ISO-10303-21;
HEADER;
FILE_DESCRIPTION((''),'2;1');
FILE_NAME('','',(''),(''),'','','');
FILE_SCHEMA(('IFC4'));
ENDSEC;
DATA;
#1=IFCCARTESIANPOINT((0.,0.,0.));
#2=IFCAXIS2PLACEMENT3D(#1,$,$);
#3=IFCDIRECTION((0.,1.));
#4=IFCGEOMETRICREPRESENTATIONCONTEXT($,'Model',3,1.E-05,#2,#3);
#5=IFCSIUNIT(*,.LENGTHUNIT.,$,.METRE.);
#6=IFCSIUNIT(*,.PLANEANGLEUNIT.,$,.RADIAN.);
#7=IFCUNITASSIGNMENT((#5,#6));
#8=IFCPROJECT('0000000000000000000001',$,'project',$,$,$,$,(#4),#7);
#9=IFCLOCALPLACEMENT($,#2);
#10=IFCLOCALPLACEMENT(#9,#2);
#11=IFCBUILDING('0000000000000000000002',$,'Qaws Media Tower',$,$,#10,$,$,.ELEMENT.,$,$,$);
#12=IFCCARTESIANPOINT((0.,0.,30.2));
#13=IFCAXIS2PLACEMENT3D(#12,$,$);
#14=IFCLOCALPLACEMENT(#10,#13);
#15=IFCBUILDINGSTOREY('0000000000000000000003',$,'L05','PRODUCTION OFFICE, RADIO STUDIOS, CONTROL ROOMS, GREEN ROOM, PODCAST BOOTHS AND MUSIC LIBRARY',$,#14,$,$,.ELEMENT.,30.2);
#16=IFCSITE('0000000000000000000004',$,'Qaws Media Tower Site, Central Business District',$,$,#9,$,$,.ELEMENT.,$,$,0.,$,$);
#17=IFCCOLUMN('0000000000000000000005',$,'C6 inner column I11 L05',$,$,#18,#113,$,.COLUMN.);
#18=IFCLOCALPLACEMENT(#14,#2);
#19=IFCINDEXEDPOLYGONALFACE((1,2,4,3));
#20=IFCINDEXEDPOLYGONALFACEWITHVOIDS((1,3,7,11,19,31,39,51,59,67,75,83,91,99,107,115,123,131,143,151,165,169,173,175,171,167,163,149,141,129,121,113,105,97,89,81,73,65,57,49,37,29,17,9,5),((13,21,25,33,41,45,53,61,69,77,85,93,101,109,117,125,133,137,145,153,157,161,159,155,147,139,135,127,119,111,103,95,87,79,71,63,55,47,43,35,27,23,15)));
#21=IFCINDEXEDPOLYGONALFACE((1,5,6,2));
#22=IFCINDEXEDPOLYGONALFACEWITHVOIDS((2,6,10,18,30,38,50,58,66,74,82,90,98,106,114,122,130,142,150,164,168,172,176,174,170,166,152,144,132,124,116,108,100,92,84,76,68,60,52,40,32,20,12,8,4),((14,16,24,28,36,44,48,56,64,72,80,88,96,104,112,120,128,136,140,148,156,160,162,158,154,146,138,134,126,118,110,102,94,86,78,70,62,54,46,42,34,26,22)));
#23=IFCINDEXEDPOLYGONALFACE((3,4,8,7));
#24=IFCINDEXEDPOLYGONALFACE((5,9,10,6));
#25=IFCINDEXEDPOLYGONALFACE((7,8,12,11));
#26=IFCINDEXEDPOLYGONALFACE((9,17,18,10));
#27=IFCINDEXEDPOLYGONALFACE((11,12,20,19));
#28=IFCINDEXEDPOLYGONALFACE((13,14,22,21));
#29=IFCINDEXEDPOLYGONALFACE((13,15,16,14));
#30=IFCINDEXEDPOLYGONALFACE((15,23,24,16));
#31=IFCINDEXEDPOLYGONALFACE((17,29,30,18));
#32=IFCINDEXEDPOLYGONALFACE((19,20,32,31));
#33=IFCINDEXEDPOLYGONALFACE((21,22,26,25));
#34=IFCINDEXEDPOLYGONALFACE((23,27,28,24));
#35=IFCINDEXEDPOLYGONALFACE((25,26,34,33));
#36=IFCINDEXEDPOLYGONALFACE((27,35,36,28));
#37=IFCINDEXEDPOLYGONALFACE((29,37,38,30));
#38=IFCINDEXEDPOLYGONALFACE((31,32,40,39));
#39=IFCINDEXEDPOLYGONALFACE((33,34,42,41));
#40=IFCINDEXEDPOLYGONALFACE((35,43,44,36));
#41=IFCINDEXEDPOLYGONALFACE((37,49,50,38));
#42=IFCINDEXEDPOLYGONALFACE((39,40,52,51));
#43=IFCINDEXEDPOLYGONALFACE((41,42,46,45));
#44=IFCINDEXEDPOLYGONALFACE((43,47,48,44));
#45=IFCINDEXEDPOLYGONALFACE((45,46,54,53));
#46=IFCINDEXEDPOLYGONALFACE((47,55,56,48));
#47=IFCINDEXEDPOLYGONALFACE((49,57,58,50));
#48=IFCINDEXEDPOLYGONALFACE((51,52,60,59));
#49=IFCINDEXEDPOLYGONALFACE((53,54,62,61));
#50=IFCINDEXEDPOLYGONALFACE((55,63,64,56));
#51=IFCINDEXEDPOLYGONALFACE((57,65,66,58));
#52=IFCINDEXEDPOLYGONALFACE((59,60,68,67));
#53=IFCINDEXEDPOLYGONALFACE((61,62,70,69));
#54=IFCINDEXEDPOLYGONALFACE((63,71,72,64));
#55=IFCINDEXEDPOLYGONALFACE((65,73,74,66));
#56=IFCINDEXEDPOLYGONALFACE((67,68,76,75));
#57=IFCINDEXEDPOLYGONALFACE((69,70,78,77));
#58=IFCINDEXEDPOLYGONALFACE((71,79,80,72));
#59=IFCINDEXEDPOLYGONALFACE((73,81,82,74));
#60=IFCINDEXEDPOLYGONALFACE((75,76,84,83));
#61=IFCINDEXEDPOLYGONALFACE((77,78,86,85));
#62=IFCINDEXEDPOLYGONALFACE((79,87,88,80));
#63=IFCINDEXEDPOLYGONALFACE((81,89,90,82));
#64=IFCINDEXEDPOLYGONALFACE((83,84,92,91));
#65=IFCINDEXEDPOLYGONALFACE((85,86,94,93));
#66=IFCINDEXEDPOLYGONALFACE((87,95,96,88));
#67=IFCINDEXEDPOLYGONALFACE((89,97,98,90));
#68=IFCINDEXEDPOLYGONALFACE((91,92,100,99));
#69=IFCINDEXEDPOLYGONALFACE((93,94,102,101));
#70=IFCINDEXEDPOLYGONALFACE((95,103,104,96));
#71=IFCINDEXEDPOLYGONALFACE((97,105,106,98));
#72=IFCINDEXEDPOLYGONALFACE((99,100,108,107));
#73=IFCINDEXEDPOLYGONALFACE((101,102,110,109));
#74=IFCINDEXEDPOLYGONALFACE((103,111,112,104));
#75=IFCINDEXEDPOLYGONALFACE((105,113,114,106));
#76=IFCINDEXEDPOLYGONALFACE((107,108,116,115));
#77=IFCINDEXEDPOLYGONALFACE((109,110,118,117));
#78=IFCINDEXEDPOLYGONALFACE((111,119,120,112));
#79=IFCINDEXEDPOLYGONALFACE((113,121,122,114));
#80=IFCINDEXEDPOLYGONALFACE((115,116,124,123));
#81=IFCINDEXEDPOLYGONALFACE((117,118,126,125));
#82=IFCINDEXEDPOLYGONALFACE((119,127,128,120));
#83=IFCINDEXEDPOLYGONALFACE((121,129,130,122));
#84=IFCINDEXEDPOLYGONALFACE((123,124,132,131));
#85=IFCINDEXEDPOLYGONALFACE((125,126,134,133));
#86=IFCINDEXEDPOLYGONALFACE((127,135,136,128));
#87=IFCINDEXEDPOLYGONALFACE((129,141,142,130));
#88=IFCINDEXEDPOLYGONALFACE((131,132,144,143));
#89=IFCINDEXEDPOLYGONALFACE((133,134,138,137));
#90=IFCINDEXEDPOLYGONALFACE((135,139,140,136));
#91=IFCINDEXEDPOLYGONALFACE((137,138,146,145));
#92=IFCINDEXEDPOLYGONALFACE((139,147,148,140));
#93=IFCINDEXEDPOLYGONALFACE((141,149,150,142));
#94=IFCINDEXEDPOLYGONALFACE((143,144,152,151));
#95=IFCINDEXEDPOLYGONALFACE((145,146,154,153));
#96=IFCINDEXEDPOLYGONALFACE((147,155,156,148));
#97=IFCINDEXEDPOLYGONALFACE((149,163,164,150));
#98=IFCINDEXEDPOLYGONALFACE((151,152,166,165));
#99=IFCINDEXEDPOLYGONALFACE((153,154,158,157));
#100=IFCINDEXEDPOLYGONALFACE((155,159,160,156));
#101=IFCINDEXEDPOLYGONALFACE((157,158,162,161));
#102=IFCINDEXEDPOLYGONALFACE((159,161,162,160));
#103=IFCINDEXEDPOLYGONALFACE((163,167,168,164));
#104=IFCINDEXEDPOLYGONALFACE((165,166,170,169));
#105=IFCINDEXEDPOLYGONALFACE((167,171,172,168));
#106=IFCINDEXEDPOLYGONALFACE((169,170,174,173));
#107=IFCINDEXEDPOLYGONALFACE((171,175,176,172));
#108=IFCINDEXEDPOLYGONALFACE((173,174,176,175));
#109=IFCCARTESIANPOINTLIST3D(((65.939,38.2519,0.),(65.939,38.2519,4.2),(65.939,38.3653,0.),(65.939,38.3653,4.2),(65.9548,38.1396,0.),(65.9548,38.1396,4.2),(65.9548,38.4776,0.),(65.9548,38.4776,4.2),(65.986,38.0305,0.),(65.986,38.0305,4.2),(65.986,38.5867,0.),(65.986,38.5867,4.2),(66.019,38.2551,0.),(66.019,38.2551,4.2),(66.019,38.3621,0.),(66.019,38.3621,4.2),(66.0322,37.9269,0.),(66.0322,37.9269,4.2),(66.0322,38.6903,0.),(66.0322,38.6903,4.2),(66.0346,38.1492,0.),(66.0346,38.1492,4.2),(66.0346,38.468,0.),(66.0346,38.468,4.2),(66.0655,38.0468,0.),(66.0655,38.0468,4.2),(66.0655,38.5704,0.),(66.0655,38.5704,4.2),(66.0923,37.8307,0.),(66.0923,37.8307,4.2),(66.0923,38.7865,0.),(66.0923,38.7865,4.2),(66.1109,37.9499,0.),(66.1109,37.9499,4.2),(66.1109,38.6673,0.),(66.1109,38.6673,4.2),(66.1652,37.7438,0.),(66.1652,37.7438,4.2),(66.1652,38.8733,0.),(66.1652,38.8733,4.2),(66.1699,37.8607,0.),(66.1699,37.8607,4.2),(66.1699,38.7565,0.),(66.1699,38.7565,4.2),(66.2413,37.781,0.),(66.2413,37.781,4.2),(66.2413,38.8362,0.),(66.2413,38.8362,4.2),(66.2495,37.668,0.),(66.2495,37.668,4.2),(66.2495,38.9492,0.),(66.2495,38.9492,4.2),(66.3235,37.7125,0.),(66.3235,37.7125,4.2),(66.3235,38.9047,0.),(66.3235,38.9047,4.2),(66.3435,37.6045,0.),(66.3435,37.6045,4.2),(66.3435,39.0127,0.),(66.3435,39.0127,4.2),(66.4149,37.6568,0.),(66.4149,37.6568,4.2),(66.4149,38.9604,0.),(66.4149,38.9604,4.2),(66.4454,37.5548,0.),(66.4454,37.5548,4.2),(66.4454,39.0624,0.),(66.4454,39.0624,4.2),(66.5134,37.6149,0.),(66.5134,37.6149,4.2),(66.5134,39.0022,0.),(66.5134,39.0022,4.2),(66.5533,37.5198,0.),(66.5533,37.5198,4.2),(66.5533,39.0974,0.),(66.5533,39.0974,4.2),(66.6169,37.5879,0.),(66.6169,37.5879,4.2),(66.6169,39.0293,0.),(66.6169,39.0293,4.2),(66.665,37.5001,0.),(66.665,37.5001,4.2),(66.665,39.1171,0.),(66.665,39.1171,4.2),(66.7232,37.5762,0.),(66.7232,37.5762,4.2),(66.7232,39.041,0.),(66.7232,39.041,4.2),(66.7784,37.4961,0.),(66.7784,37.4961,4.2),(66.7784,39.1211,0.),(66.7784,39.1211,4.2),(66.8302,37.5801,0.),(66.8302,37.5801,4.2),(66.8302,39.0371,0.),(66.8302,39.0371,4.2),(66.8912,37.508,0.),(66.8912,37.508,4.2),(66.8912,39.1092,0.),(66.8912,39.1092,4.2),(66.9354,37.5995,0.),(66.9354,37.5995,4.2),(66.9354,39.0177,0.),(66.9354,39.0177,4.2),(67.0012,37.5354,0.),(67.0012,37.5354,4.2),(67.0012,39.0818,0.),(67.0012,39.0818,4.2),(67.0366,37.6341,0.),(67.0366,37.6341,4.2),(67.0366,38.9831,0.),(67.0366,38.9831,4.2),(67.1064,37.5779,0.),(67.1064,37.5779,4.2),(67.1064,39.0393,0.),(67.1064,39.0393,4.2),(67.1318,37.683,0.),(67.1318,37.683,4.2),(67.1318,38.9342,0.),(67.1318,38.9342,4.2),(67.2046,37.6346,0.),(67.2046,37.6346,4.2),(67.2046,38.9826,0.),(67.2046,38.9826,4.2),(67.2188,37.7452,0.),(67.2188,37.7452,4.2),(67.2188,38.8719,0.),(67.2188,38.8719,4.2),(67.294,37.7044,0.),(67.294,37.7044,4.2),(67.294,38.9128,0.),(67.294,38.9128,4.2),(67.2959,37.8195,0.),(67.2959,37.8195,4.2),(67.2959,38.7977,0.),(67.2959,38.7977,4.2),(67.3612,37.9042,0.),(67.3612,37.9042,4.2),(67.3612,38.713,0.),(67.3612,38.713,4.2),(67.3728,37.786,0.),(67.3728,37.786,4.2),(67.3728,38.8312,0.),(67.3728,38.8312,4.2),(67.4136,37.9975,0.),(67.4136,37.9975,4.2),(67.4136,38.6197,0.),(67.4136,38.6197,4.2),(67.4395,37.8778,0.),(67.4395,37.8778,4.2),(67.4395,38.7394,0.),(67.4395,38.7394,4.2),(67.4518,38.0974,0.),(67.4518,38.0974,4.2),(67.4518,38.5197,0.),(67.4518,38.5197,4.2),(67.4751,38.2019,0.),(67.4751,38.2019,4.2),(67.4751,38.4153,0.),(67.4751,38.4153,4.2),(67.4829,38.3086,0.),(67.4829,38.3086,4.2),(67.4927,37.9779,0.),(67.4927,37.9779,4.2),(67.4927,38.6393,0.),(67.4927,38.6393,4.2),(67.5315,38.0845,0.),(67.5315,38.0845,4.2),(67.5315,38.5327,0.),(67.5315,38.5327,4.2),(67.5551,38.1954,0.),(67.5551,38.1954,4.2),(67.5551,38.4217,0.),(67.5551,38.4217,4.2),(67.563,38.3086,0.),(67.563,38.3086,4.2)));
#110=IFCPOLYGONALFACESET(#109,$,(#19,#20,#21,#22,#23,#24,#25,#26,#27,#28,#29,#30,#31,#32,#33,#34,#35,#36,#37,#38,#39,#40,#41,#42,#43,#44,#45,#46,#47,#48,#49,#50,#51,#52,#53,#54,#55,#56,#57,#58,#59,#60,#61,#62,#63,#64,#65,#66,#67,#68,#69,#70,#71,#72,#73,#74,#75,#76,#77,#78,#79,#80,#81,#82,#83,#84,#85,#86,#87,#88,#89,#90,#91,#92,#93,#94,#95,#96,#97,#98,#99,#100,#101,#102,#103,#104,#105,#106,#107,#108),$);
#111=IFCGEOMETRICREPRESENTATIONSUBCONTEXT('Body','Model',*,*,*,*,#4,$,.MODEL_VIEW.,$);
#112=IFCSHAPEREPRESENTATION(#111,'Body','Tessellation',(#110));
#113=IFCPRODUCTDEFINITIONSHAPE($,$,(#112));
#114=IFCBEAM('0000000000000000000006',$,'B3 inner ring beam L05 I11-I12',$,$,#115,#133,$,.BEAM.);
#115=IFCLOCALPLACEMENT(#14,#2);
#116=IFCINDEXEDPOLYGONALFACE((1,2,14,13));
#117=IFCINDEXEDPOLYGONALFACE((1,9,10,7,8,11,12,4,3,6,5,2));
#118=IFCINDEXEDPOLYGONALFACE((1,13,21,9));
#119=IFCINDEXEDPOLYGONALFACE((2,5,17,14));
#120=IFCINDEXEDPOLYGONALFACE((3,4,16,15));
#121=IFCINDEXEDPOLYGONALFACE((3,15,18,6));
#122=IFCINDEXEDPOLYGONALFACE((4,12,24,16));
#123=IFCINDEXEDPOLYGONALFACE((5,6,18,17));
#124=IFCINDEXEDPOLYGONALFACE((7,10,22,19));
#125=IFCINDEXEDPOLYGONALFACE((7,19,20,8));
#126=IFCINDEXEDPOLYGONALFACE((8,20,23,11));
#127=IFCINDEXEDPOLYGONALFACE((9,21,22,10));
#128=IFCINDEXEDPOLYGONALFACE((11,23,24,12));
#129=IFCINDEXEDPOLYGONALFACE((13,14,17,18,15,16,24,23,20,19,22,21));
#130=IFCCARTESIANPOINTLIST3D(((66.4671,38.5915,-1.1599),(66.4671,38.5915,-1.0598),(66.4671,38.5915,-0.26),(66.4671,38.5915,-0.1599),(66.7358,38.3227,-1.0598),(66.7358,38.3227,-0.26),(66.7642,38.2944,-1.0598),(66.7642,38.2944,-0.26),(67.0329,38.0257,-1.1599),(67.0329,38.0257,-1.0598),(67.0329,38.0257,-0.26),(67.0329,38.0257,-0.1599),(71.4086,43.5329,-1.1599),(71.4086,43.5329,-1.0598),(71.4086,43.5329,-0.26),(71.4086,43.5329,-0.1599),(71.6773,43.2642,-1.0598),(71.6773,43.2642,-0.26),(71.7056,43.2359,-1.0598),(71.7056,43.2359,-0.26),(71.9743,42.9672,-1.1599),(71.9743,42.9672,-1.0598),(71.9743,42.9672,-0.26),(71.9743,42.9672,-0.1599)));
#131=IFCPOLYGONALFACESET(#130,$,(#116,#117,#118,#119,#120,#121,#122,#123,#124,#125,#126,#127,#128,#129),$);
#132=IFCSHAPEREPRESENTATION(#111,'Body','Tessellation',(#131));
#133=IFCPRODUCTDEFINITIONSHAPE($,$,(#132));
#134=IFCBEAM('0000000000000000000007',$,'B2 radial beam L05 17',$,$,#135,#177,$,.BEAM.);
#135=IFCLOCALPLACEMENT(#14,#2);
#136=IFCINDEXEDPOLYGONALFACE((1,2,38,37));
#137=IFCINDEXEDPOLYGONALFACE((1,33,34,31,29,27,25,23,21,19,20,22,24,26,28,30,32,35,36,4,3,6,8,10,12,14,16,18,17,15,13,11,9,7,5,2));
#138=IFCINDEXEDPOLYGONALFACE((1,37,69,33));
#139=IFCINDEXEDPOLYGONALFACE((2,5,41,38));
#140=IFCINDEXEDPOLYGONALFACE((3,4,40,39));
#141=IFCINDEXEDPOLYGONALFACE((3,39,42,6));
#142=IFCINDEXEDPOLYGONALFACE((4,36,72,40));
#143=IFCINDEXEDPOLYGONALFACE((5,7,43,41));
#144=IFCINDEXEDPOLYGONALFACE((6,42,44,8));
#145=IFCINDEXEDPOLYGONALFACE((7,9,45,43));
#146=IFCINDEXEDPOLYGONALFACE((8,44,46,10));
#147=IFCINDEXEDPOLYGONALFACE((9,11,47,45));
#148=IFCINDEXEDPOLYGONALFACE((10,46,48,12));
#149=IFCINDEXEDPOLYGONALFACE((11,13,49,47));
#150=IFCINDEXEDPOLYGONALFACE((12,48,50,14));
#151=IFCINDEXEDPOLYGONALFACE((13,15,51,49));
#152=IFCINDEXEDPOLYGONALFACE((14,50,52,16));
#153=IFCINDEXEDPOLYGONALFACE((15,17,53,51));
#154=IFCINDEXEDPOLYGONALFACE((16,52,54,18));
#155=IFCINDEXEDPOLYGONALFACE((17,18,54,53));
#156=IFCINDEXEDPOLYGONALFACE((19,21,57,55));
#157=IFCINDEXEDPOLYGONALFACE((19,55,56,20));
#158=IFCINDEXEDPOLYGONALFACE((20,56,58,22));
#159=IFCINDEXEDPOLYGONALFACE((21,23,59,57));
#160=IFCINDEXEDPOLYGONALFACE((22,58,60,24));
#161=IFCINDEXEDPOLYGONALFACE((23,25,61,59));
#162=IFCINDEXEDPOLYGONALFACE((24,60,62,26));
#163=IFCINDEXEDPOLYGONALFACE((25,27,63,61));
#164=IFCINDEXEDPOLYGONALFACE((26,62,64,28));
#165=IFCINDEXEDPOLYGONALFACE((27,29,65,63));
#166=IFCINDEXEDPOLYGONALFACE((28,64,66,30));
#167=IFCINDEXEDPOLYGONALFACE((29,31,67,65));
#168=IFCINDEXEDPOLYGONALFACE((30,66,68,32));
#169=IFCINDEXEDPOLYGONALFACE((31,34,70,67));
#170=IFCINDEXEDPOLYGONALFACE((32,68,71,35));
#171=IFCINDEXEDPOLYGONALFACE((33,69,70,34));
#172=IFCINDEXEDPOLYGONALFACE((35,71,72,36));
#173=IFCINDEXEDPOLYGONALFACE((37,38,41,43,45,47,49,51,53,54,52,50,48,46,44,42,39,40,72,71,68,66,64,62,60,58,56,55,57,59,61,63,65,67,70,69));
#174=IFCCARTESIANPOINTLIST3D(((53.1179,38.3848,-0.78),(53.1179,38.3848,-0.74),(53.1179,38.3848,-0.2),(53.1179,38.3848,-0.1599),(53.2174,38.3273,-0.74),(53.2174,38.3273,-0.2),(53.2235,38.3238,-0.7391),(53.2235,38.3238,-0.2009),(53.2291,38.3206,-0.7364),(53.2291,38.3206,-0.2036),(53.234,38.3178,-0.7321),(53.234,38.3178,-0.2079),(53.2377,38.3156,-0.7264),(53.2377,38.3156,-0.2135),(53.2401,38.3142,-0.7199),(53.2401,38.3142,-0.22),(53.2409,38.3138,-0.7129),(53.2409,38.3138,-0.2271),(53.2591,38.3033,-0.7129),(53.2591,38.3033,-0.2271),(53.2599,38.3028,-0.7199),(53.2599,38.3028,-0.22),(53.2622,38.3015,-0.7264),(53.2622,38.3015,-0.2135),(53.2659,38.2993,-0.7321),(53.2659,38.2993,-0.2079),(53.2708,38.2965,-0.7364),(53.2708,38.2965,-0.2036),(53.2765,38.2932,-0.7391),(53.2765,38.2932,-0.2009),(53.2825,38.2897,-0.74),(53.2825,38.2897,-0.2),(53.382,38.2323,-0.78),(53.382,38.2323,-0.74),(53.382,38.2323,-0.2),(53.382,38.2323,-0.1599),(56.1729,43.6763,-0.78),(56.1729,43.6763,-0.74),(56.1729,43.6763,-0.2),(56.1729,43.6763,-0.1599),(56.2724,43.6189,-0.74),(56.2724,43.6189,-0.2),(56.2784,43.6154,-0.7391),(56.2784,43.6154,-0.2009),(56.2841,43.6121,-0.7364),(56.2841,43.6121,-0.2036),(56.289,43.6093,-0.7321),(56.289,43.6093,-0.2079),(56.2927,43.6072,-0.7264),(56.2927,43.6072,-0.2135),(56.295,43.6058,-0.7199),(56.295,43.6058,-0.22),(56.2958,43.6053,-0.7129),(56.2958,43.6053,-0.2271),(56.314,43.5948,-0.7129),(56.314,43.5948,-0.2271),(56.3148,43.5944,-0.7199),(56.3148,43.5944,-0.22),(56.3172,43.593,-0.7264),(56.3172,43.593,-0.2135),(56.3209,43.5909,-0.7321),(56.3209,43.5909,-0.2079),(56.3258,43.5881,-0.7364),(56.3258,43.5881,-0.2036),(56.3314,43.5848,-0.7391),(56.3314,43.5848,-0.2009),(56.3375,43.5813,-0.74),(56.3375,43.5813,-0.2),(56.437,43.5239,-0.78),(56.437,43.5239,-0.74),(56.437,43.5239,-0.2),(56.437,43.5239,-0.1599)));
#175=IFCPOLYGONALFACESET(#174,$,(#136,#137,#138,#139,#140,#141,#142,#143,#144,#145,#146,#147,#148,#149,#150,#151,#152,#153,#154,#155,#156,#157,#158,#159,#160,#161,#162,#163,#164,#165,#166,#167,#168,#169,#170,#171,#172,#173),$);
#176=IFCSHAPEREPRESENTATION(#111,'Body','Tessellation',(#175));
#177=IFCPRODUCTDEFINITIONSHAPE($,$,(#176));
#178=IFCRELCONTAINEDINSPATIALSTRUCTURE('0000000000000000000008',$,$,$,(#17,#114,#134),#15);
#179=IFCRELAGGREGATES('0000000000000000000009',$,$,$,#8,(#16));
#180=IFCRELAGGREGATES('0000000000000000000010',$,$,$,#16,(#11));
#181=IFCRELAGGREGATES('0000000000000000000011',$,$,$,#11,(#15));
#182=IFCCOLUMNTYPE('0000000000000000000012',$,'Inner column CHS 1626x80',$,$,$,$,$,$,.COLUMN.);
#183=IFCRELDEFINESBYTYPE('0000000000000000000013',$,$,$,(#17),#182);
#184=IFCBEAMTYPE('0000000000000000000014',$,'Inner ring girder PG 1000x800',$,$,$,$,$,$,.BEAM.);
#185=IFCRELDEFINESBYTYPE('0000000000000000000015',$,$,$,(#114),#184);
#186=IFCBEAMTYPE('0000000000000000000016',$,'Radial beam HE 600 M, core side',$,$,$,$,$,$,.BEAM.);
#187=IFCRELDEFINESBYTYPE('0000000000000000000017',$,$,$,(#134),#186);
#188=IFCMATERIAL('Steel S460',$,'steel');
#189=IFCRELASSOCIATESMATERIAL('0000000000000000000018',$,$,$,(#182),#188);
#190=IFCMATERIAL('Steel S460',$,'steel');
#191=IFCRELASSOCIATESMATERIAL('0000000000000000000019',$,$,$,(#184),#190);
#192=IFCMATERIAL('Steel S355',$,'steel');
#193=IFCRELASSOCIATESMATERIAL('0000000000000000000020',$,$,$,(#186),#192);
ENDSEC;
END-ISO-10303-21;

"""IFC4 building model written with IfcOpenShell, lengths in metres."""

from ifc_helpers import new_model, si_unit, direction, frame, origin, origin_2d, place, context, subcontext, project, spatial, hollow_circle, i_section, extrude, material, material_profile, profile_set, type_object, element, save


model = new_model("IFC4")

# Units and contexts
model_context = context("Model", 3, precision=1e-05, world=origin(), true_north=direction((0.0, 1.0)))
body_context = subcontext(model_context, "Body", "Model", "MODEL_VIEW")
ifc_project = project(units=[si_unit("LENGTHUNIT", "METRE"), si_unit("PLANEANGLEUNIT", "RADIAN")], contexts=[model_context])

# Site, building, storey
site_placement = place(None, origin())
site = spatial("IfcSite", under=ifc_project, at=site_placement, Name="Qaws Media Tower Site, Central Business District", CompositionType="ELEMENT", RefElevation=0.0)
building_placement = place(site_placement, origin())
building = spatial("IfcBuilding", under=site, at=building_placement, Name="Qaws Media Tower", CompositionType="ELEMENT")
storey_placement = place(building_placement, frame((0.0, 0.0, 30.2)))
storey = spatial("IfcBuildingStorey", under=building, at=storey_placement, Name="L05", Description="PRODUCTION OFFICE, RADIO STUDIOS, CONTROL ROOMS, GREEN ROOM, PODCAST BOOTHS AND MUSIC LIBRARY", CompositionType="ELEMENT", Elevation=30.2)

# Column
ifc_material_1 = material(Name="Steel S460", Category="steel")
ifc_material_profile_1 = material_profile(ifc_material_1, hollow_circle(Radius=0.813, WallThickness=0.0801, at=origin_2d()), Name="CHS 1626x80")
ifc_profile_set_1 = profile_set([ifc_material_profile_1], Name="Steel S460")
column_type = type_object("IfcColumnType", Name="Inner column CHS 1626x80", PredefinedType="COLUMN", material=ifc_profile_set_1)
column_placement = place(storey_placement, frame((66.75, 38.3086, 0.0), z_axis=(0.0, 0.0, 1.0), x_axis=(1.0, 0.0, 0.0)))
element("IfcColumn", 1, at=column_placement, inside=storey, type_object=column_type, Name="C6 inner column I11 L05", PredefinedType="COLUMN", context=body_context, shape_type="SweptSolid", body=[
    extrude(hollow_circle(Radius=0.813, WallThickness=0.0801, at=origin_2d()), origin(), (0.0, 0.0, 1.0), 4.2),
])

# Beams
ifc_material_2 = material(Name="Steel S460", Category="steel")
ifc_material_profile_2 = material_profile(ifc_material_2, i_section(OverallWidth=0.8, OverallDepth=1.0, WebThickness=0.04, FlangeThickness=0.1001, at=origin_2d()), Name="PG 1000x800")
ifc_profile_set_2 = profile_set([ifc_material_profile_2], Name="Steel S460")
beam_type_1 = type_object("IfcBeamType", Name="Inner ring girder PG 1000x800", PredefinedType="BEAM", material=ifc_profile_set_2)
beam_1_placement = place(storey_placement, frame((66.75, 38.3086, -0.6599), z_axis=(0.707107, 0.707107, 0.0), x_axis=(-0.707107, 0.707107, 0.0)))
element("IfcBeam", 2, at=beam_1_placement, inside=storey, type_object=beam_type_1, Name="B3 inner ring beam L05 I11-I12", PredefinedType="BEAM", context=body_context, shape_type="SweptSolid", body=[
    extrude(i_section(OverallWidth=0.8, OverallDepth=1.0, WebThickness=0.04, FlangeThickness=0.1001, at=origin_2d()), origin(), (0.0, 0.0, 1.0), 6.9883),
])
ifc_material_3 = material(Name="Steel S355", Category="steel")
ifc_material_profile_3 = material_profile(ifc_material_3, i_section(OverallWidth=0.3049, OverallDepth=0.6201, WebThickness=0.021, FlangeThickness=0.04, FilletRadius=0.0271, at=origin_2d()), Name="HE 600 M")
ifc_profile_set_3 = profile_set([ifc_material_profile_3], Name="Steel S355")
beam_type_2 = type_object("IfcBeamType", Name="Radial beam HE 600 M, core side", PredefinedType="BEAM", material=ifc_profile_set_3)
beam_2_placement = place(storey_placement, frame((56.3049, 43.6001, -0.47), z_axis=(-0.499985, -0.866034, 0.0), x_axis=(0.866034, -0.499985, 0.0)))
element("IfcBeam", 3, at=beam_2_placement, inside=storey, type_object=beam_type_2, Name="B2 radial beam L05 17", PredefinedType="BEAM", context=body_context, shape_type="SweptSolid", body=[
    extrude(i_section(OverallWidth=0.3049, OverallDepth=0.6201, WebThickness=0.021, FlangeThickness=0.04, FilletRadius=0.0271, at=origin_2d()), origin(), (0.0, 0.0, 1.0), 6.1101),
])

save(model, "model.ifc")
